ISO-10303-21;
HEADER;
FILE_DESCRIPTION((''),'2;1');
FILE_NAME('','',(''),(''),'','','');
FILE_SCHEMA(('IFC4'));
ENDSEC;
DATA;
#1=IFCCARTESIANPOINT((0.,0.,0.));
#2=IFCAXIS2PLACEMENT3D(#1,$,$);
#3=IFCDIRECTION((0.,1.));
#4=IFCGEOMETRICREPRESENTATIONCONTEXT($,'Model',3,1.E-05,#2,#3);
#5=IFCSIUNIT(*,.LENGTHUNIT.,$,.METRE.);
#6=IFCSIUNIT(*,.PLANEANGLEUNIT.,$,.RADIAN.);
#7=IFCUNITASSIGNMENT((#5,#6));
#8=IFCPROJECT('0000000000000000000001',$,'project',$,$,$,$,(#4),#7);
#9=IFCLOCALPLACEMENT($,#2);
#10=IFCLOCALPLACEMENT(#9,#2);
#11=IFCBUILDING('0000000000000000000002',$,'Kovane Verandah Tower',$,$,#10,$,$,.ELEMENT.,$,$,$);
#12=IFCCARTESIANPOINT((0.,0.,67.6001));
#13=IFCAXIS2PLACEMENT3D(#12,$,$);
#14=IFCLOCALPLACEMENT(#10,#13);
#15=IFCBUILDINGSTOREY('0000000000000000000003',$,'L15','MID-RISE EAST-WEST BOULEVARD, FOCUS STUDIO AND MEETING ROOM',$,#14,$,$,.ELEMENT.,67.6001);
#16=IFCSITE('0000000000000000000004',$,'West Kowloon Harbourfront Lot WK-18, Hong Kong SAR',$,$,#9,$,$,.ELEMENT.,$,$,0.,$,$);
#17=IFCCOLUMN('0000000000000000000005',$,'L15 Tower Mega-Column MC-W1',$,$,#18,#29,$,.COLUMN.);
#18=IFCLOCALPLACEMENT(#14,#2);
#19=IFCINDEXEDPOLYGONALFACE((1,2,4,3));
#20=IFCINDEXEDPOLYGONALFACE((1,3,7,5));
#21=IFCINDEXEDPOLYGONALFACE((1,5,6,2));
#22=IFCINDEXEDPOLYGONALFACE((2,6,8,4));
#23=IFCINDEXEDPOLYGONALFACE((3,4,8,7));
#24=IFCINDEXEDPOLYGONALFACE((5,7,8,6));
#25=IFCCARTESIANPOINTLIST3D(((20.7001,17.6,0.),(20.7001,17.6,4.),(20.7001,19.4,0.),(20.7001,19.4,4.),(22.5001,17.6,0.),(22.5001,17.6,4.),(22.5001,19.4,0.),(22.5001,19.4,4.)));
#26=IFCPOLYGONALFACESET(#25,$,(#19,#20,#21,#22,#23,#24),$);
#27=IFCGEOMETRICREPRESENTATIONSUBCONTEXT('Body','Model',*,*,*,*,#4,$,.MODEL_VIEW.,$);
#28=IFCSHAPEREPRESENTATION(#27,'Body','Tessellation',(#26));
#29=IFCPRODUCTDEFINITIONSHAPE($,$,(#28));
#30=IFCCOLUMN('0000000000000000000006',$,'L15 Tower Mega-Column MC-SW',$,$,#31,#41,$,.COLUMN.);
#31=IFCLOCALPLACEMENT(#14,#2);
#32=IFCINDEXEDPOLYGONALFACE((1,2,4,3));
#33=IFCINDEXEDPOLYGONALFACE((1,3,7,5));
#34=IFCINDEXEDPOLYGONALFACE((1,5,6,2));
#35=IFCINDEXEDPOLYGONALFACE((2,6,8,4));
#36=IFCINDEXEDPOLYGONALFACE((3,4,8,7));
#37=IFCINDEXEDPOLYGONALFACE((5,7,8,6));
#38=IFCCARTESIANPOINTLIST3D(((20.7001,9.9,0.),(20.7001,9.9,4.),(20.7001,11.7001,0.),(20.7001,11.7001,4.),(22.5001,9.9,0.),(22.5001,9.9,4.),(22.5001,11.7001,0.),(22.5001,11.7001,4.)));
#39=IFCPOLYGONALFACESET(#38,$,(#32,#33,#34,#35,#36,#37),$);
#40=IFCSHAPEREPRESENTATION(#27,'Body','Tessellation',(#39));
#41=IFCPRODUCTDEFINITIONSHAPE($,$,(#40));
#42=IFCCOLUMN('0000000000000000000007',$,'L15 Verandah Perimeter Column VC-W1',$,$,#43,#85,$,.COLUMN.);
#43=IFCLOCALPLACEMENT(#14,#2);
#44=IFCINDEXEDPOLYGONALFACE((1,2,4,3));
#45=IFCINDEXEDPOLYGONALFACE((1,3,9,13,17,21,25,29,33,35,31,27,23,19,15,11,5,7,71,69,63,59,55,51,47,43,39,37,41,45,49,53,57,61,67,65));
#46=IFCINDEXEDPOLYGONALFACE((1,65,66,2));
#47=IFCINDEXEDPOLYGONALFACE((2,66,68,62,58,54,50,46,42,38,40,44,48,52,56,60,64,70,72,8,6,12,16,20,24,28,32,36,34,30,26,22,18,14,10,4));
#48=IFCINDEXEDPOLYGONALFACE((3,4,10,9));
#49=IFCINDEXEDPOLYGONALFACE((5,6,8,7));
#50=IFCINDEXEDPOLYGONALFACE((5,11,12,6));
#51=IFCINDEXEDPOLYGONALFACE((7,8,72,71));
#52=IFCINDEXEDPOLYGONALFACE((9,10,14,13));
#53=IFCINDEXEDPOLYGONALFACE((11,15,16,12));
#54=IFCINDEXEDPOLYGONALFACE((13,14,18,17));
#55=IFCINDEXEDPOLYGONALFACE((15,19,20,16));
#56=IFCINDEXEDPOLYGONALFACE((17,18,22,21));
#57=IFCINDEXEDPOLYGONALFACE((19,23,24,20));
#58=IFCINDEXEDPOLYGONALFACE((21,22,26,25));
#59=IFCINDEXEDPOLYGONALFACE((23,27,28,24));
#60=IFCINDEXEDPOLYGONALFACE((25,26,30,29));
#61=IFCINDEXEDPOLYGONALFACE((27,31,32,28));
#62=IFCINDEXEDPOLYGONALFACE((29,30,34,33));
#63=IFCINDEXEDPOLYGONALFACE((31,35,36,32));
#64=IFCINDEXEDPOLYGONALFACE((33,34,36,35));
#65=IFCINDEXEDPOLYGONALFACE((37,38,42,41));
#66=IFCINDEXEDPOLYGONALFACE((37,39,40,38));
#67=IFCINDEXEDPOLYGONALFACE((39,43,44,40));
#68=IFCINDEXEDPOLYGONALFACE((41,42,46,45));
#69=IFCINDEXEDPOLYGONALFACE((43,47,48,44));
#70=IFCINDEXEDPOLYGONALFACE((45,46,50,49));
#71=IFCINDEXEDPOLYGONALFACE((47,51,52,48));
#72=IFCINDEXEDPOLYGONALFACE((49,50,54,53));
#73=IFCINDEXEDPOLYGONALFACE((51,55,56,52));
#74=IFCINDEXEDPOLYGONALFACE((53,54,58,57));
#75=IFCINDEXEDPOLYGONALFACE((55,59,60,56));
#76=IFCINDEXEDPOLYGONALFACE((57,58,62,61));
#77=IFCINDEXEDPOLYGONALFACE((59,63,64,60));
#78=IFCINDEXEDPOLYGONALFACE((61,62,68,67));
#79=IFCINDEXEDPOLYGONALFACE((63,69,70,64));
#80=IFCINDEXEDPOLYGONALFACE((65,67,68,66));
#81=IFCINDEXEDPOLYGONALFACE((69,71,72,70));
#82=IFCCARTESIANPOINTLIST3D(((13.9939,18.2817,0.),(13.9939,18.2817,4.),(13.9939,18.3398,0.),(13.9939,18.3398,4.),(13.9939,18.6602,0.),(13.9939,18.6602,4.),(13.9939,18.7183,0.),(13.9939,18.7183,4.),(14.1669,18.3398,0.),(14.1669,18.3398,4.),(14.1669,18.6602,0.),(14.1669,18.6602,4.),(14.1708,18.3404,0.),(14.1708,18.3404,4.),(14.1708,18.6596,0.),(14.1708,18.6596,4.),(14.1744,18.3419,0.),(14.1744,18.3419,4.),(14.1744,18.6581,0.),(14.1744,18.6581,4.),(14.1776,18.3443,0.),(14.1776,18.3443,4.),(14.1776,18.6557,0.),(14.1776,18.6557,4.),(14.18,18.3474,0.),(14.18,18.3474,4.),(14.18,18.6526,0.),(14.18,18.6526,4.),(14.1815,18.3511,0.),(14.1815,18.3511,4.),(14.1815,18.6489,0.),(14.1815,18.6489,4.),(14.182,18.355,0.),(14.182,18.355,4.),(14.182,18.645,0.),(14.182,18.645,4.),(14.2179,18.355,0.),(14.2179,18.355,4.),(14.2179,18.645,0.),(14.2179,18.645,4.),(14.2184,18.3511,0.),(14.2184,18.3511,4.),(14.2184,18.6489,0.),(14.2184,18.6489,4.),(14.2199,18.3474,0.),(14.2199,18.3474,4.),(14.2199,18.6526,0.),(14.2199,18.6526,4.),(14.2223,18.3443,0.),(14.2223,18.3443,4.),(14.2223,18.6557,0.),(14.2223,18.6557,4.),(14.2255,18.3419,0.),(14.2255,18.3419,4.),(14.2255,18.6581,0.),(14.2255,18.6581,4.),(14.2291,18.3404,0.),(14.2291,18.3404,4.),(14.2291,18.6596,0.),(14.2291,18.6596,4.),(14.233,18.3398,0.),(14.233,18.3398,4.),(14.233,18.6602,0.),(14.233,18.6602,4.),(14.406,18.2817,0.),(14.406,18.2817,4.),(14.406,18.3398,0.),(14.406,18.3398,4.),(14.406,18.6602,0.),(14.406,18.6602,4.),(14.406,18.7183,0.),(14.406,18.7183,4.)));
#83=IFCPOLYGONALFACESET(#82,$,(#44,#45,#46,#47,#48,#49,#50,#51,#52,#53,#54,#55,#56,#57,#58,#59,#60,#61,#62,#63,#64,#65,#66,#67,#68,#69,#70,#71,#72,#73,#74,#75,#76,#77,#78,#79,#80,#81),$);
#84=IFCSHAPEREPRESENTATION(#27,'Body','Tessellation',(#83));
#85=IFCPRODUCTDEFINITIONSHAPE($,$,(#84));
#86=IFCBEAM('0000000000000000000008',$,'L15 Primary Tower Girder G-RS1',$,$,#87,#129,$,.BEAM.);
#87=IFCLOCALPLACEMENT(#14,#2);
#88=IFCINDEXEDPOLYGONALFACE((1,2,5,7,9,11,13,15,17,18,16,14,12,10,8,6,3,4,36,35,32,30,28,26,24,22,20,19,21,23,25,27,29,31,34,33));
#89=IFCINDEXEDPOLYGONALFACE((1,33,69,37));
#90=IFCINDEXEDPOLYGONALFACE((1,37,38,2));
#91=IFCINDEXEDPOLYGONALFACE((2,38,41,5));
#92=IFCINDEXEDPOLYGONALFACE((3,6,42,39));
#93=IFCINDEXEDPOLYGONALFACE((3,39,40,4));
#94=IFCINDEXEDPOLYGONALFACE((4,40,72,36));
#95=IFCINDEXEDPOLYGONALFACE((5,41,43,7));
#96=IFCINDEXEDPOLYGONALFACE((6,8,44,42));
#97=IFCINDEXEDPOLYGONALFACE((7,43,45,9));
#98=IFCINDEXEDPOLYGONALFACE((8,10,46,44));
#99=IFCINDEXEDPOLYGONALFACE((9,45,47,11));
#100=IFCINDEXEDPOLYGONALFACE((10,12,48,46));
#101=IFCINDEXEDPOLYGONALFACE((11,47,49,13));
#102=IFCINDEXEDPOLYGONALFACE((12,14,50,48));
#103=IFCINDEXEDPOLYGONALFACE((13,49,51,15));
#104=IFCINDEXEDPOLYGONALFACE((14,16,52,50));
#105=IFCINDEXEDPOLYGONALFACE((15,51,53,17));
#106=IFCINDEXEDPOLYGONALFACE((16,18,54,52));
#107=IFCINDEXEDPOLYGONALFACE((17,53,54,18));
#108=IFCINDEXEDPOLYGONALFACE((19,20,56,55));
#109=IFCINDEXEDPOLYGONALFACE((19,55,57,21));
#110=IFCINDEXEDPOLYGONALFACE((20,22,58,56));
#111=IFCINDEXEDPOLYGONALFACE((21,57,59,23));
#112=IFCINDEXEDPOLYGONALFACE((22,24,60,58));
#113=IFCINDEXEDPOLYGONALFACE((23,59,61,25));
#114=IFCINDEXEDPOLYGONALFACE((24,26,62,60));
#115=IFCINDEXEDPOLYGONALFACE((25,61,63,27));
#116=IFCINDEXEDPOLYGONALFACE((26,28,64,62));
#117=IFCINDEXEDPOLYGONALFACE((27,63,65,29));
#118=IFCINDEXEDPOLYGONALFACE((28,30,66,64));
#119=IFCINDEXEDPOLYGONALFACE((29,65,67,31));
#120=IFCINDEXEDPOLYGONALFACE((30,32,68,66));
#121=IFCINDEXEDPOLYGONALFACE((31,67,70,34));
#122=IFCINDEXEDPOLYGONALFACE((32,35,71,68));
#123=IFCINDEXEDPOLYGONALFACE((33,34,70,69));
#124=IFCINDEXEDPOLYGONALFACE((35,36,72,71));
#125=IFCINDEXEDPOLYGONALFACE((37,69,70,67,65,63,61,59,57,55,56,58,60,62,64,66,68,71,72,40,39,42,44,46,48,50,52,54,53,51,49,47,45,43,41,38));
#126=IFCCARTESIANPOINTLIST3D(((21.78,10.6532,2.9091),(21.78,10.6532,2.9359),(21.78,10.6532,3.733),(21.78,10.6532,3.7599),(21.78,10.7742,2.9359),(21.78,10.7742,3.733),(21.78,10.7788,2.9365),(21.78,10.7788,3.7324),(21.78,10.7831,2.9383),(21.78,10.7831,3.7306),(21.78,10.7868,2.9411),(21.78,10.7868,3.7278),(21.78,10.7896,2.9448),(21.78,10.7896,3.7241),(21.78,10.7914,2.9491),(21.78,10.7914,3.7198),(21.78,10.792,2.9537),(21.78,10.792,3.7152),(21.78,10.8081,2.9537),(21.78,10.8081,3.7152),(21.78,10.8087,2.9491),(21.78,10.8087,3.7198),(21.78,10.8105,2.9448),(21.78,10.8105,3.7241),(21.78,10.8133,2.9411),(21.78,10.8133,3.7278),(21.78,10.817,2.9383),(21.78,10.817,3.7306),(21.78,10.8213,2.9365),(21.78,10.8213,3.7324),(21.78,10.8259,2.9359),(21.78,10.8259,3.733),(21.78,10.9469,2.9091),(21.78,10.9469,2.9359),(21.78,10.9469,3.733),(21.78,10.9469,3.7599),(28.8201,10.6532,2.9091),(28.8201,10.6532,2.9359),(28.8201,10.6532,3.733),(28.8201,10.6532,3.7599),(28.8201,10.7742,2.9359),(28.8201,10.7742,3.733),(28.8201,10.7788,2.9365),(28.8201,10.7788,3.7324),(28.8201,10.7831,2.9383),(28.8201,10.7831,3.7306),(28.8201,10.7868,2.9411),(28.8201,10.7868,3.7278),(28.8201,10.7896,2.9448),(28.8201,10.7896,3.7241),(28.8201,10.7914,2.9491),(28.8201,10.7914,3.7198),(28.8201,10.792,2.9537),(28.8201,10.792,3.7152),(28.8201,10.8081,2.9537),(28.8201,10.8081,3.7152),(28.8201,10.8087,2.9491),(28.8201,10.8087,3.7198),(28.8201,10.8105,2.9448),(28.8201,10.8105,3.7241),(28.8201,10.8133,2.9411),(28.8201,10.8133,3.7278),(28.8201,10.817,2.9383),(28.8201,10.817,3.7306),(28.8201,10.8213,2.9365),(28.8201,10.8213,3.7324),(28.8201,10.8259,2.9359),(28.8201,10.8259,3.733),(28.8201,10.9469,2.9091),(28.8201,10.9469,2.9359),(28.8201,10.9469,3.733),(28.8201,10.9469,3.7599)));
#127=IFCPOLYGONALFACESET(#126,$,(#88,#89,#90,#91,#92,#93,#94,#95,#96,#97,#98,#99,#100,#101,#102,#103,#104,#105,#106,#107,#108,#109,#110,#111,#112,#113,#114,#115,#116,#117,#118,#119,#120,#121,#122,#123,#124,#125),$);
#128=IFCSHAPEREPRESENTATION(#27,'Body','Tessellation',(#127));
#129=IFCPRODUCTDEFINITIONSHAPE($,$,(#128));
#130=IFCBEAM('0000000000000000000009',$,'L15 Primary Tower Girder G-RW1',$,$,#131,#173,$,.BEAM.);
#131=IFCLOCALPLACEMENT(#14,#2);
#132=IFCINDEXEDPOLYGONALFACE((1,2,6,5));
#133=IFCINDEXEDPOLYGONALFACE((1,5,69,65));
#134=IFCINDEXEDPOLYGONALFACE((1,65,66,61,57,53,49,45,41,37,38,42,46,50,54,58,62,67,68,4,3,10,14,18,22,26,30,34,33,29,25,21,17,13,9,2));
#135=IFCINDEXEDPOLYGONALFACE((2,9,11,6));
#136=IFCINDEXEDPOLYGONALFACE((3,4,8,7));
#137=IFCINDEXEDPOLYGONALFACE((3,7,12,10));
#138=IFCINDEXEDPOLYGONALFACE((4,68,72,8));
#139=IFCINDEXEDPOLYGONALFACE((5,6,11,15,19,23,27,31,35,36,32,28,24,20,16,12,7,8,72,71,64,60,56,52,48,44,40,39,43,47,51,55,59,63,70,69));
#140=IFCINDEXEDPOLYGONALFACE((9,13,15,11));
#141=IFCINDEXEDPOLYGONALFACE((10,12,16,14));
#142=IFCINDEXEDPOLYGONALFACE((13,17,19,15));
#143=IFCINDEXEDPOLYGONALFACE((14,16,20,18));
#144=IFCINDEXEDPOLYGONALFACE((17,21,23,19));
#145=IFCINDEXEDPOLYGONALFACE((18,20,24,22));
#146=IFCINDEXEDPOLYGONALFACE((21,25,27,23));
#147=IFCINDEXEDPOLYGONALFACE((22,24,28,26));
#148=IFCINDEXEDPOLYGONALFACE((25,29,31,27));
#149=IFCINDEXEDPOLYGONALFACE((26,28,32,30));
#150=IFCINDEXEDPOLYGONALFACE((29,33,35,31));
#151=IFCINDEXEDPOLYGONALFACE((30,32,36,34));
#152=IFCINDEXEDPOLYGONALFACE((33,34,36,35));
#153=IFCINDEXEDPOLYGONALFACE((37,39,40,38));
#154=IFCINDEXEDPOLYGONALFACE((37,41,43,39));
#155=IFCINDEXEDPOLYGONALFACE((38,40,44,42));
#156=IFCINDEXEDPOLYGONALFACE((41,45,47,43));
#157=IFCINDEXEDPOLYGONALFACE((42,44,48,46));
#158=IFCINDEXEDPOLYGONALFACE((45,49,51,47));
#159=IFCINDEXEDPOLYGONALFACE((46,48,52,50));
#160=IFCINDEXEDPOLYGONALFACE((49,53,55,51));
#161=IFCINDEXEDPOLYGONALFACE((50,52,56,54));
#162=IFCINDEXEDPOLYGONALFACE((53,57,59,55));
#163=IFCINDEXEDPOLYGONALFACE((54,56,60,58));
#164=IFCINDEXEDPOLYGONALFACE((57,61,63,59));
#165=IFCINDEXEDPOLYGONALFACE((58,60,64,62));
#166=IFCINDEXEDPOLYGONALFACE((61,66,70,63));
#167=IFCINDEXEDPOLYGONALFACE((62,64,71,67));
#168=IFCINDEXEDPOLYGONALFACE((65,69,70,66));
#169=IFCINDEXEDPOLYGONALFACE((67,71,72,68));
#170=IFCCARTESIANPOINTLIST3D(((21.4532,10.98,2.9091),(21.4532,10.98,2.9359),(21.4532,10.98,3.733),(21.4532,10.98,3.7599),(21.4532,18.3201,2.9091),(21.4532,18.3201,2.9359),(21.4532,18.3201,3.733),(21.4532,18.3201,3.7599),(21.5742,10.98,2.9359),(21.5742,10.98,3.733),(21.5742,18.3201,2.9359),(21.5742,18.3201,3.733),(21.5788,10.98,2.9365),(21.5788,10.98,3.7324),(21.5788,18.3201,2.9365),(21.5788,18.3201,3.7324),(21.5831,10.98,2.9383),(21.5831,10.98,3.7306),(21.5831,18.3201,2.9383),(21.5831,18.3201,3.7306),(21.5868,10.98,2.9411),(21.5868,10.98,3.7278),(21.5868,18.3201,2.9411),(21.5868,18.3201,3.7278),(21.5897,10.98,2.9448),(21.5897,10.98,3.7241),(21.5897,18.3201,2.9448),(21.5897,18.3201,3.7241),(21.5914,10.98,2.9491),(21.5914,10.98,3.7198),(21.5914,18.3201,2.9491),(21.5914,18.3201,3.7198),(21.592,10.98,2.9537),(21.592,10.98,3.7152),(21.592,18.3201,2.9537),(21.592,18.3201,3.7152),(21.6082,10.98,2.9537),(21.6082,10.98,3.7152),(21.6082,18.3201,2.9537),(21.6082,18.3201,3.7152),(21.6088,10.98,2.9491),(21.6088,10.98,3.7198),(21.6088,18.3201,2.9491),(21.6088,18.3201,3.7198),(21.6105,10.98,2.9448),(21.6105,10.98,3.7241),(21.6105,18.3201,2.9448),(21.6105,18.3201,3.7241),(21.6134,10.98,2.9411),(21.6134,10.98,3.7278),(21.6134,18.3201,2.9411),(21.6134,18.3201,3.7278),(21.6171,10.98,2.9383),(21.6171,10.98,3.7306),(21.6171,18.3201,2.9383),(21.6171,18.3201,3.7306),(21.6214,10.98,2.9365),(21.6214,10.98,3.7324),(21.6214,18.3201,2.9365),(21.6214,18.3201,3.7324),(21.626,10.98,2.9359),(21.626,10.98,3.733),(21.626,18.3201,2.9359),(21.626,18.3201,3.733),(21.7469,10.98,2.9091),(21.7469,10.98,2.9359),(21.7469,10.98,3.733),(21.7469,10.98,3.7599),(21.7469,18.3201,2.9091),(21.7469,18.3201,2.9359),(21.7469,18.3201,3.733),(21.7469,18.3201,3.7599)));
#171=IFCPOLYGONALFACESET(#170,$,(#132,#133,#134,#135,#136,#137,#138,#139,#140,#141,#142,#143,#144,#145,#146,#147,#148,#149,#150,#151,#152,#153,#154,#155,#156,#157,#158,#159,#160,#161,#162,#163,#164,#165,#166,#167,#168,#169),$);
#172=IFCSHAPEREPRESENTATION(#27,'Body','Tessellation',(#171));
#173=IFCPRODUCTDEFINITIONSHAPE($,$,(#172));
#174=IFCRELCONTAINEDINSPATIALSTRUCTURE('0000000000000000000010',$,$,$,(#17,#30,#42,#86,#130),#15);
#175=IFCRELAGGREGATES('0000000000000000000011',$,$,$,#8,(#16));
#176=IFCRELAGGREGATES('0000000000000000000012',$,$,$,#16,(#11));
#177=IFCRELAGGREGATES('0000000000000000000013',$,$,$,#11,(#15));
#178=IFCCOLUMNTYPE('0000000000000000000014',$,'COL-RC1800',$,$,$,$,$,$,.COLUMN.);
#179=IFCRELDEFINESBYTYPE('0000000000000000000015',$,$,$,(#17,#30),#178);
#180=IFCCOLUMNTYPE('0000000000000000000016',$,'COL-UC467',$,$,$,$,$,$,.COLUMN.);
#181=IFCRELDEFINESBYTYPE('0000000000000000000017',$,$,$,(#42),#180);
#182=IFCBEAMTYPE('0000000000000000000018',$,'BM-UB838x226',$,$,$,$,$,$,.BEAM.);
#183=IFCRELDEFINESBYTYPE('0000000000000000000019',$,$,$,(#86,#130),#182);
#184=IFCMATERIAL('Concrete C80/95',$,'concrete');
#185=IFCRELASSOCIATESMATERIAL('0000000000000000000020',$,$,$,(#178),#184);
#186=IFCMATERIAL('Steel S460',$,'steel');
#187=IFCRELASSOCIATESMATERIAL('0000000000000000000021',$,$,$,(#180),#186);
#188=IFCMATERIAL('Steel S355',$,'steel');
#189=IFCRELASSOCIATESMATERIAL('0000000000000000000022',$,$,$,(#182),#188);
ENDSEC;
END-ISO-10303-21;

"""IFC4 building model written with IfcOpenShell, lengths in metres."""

from ifc_helpers import new_model, si_unit, direction, frame, origin, origin_2d, place, context, subcontext, project, spatial, rectangle, i_section, extrude, material, material_profile, profile_set, type_object, element, save


model = new_model("IFC4")

# Units and contexts
model_context = context("Model", 3, precision=1e-05, world=origin(), true_north=direction((0.0, 1.0)))
body_context = subcontext(model_context, "Body", "Model", "MODEL_VIEW")
ifc_project = project(units=[si_unit("LENGTHUNIT", "METRE"), si_unit("PLANEANGLEUNIT", "RADIAN")], contexts=[model_context])

# Site, building, storey
site_placement = place(None, origin())
site = spatial("IfcSite", under=ifc_project, at=site_placement, Name="West Kowloon Harbourfront Lot WK-18, Hong Kong SAR", CompositionType="ELEMENT", RefElevation=0.0)
building_placement = place(site_placement, origin())
building = spatial("IfcBuilding", under=site, at=building_placement, Name="Kovane Verandah Tower", CompositionType="ELEMENT")
storey_placement = place(building_placement, frame((0.0, 0.0, 67.6001)))
storey = spatial("IfcBuildingStorey", under=building, at=storey_placement, Name="L15", Description="MID-RISE EAST-WEST BOULEVARD, FOCUS STUDIO AND MEETING ROOM", CompositionType="ELEMENT", Elevation=67.6001)

# Columns
ifc_material_1 = material(Name="Concrete C80/95", Category="concrete")
ifc_material_profile_1 = material_profile(ifc_material_1, rectangle(XDim=1.8, YDim=1.8, at=origin_2d()), Name="RC1800x1800")
ifc_profile_set_1 = profile_set([ifc_material_profile_1], Name="Concrete C80/95")
column_type_1 = type_object("IfcColumnType", Name="COL-RC1800", PredefinedType="COLUMN", material=ifc_profile_set_1)
for number, where, z_axis, x_axis, name in (
    (1, (21.6001, 18.5, 0.0), (0.0, 0.0, 1.0), (1.0, 0.0, 0.0), "L15 Tower Mega-Column MC-W1"),
    (2, (21.6001, 10.8, 0.0), (0.0, 0.0, 1.0), (1.0, 0.0, 0.0), "L15 Tower Mega-Column MC-SW"),
):
    element("IfcColumn", number, at=place(storey_placement, frame(where, z_axis=z_axis, x_axis=x_axis)), inside=storey, type_object=column_type_1, Name=name, PredefinedType="COLUMN", context=body_context, shape_type="SweptSolid", body=[
        extrude(rectangle(XDim=1.8, YDim=1.8, at=origin_2d()), origin(), (0.0, 0.0, 1.0), 4.0),
    ])
ifc_material_2 = material(Name="Steel S460", Category="steel")
ifc_material_profile_2 = material_profile(ifc_material_2, i_section(OverallWidth=0.4121, OverallDepth=0.4365, WebThickness=0.0359, FlangeThickness=0.0581, FilletRadius=0.0151, at=origin_2d()), Name="UC356x406x467")
ifc_profile_set_2 = profile_set([ifc_material_profile_2], Name="Steel S460")
column_type_2 = type_object("IfcColumnType", Name="COL-UC467", PredefinedType="COLUMN", material=ifc_profile_set_2)
column_placement = place(storey_placement, frame((14.2, 18.5, 0.0), z_axis=(0.0, 0.0, 1.0), x_axis=(1.0, 0.0, 0.0)))
element("IfcColumn", 3, at=column_placement, inside=storey, type_object=column_type_2, Name="L15 Verandah Perimeter Column VC-W1", PredefinedType="COLUMN", context=body_context, shape_type="SweptSolid", body=[
    extrude(i_section(OverallWidth=0.4121, OverallDepth=0.4365, WebThickness=0.0359, FlangeThickness=0.0581, FilletRadius=0.0151, at=origin_2d()), origin(), (0.0, 0.0, 1.0), 4.0),
])

# Beams
ifc_material_3 = material(Name="Steel S355", Category="steel")
ifc_material_profile_3 = material_profile(ifc_material_3, i_section(OverallWidth=0.2937, OverallDepth=0.8508, WebThickness=0.0161, FlangeThickness=0.0269, FilletRadius=0.0178, at=origin_2d()), Name="UB838x292x226")
ifc_profile_set_3 = profile_set([ifc_material_profile_3], Name="Steel S355")
beam_type_1 = type_object("IfcBeamType", Name="BM-UB838x226", PredefinedType="BEAM", material=ifc_profile_set_3)
beam_1_placement = place(storey_placement, frame((21.78, 10.8, 3.3345), z_axis=(1.0, 0.0, 0.0), x_axis=(0.0, 1.0, 0.0)))
element("IfcBeam", 4, at=beam_1_placement, inside=storey, type_object=beam_type_1, Name="L15 Primary Tower Girder G-RS1", PredefinedType="BEAM", context=body_context, shape_type="SweptSolid", body=[
    extrude(i_section(OverallWidth=0.2937, OverallDepth=0.8508, WebThickness=0.0161, FlangeThickness=0.0269, FilletRadius=0.0178, at=origin_2d()), origin(), (0.0, 0.0, 1.0), 7.04),
])
beam_2_placement = place(storey_placement, frame((21.6001, 10.98, 3.3345), z_axis=(0.0, 1.0, 0.0), x_axis=(-1.0, 0.0, 0.0)))
element("IfcBeam", 5, at=beam_2_placement, inside=storey, type_object=beam_type_1, Name="L15 Primary Tower Girder G-RW1", PredefinedType="BEAM", context=body_context, shape_type="SweptSolid", body=[
    extrude(i_section(OverallWidth=0.2937, OverallDepth=0.8508, WebThickness=0.0161, FlangeThickness=0.0269, FilletRadius=0.0178, at=origin_2d()), origin(), (0.0, 0.0, 1.0), 7.3401),
])

save(model, "model.ifc")
